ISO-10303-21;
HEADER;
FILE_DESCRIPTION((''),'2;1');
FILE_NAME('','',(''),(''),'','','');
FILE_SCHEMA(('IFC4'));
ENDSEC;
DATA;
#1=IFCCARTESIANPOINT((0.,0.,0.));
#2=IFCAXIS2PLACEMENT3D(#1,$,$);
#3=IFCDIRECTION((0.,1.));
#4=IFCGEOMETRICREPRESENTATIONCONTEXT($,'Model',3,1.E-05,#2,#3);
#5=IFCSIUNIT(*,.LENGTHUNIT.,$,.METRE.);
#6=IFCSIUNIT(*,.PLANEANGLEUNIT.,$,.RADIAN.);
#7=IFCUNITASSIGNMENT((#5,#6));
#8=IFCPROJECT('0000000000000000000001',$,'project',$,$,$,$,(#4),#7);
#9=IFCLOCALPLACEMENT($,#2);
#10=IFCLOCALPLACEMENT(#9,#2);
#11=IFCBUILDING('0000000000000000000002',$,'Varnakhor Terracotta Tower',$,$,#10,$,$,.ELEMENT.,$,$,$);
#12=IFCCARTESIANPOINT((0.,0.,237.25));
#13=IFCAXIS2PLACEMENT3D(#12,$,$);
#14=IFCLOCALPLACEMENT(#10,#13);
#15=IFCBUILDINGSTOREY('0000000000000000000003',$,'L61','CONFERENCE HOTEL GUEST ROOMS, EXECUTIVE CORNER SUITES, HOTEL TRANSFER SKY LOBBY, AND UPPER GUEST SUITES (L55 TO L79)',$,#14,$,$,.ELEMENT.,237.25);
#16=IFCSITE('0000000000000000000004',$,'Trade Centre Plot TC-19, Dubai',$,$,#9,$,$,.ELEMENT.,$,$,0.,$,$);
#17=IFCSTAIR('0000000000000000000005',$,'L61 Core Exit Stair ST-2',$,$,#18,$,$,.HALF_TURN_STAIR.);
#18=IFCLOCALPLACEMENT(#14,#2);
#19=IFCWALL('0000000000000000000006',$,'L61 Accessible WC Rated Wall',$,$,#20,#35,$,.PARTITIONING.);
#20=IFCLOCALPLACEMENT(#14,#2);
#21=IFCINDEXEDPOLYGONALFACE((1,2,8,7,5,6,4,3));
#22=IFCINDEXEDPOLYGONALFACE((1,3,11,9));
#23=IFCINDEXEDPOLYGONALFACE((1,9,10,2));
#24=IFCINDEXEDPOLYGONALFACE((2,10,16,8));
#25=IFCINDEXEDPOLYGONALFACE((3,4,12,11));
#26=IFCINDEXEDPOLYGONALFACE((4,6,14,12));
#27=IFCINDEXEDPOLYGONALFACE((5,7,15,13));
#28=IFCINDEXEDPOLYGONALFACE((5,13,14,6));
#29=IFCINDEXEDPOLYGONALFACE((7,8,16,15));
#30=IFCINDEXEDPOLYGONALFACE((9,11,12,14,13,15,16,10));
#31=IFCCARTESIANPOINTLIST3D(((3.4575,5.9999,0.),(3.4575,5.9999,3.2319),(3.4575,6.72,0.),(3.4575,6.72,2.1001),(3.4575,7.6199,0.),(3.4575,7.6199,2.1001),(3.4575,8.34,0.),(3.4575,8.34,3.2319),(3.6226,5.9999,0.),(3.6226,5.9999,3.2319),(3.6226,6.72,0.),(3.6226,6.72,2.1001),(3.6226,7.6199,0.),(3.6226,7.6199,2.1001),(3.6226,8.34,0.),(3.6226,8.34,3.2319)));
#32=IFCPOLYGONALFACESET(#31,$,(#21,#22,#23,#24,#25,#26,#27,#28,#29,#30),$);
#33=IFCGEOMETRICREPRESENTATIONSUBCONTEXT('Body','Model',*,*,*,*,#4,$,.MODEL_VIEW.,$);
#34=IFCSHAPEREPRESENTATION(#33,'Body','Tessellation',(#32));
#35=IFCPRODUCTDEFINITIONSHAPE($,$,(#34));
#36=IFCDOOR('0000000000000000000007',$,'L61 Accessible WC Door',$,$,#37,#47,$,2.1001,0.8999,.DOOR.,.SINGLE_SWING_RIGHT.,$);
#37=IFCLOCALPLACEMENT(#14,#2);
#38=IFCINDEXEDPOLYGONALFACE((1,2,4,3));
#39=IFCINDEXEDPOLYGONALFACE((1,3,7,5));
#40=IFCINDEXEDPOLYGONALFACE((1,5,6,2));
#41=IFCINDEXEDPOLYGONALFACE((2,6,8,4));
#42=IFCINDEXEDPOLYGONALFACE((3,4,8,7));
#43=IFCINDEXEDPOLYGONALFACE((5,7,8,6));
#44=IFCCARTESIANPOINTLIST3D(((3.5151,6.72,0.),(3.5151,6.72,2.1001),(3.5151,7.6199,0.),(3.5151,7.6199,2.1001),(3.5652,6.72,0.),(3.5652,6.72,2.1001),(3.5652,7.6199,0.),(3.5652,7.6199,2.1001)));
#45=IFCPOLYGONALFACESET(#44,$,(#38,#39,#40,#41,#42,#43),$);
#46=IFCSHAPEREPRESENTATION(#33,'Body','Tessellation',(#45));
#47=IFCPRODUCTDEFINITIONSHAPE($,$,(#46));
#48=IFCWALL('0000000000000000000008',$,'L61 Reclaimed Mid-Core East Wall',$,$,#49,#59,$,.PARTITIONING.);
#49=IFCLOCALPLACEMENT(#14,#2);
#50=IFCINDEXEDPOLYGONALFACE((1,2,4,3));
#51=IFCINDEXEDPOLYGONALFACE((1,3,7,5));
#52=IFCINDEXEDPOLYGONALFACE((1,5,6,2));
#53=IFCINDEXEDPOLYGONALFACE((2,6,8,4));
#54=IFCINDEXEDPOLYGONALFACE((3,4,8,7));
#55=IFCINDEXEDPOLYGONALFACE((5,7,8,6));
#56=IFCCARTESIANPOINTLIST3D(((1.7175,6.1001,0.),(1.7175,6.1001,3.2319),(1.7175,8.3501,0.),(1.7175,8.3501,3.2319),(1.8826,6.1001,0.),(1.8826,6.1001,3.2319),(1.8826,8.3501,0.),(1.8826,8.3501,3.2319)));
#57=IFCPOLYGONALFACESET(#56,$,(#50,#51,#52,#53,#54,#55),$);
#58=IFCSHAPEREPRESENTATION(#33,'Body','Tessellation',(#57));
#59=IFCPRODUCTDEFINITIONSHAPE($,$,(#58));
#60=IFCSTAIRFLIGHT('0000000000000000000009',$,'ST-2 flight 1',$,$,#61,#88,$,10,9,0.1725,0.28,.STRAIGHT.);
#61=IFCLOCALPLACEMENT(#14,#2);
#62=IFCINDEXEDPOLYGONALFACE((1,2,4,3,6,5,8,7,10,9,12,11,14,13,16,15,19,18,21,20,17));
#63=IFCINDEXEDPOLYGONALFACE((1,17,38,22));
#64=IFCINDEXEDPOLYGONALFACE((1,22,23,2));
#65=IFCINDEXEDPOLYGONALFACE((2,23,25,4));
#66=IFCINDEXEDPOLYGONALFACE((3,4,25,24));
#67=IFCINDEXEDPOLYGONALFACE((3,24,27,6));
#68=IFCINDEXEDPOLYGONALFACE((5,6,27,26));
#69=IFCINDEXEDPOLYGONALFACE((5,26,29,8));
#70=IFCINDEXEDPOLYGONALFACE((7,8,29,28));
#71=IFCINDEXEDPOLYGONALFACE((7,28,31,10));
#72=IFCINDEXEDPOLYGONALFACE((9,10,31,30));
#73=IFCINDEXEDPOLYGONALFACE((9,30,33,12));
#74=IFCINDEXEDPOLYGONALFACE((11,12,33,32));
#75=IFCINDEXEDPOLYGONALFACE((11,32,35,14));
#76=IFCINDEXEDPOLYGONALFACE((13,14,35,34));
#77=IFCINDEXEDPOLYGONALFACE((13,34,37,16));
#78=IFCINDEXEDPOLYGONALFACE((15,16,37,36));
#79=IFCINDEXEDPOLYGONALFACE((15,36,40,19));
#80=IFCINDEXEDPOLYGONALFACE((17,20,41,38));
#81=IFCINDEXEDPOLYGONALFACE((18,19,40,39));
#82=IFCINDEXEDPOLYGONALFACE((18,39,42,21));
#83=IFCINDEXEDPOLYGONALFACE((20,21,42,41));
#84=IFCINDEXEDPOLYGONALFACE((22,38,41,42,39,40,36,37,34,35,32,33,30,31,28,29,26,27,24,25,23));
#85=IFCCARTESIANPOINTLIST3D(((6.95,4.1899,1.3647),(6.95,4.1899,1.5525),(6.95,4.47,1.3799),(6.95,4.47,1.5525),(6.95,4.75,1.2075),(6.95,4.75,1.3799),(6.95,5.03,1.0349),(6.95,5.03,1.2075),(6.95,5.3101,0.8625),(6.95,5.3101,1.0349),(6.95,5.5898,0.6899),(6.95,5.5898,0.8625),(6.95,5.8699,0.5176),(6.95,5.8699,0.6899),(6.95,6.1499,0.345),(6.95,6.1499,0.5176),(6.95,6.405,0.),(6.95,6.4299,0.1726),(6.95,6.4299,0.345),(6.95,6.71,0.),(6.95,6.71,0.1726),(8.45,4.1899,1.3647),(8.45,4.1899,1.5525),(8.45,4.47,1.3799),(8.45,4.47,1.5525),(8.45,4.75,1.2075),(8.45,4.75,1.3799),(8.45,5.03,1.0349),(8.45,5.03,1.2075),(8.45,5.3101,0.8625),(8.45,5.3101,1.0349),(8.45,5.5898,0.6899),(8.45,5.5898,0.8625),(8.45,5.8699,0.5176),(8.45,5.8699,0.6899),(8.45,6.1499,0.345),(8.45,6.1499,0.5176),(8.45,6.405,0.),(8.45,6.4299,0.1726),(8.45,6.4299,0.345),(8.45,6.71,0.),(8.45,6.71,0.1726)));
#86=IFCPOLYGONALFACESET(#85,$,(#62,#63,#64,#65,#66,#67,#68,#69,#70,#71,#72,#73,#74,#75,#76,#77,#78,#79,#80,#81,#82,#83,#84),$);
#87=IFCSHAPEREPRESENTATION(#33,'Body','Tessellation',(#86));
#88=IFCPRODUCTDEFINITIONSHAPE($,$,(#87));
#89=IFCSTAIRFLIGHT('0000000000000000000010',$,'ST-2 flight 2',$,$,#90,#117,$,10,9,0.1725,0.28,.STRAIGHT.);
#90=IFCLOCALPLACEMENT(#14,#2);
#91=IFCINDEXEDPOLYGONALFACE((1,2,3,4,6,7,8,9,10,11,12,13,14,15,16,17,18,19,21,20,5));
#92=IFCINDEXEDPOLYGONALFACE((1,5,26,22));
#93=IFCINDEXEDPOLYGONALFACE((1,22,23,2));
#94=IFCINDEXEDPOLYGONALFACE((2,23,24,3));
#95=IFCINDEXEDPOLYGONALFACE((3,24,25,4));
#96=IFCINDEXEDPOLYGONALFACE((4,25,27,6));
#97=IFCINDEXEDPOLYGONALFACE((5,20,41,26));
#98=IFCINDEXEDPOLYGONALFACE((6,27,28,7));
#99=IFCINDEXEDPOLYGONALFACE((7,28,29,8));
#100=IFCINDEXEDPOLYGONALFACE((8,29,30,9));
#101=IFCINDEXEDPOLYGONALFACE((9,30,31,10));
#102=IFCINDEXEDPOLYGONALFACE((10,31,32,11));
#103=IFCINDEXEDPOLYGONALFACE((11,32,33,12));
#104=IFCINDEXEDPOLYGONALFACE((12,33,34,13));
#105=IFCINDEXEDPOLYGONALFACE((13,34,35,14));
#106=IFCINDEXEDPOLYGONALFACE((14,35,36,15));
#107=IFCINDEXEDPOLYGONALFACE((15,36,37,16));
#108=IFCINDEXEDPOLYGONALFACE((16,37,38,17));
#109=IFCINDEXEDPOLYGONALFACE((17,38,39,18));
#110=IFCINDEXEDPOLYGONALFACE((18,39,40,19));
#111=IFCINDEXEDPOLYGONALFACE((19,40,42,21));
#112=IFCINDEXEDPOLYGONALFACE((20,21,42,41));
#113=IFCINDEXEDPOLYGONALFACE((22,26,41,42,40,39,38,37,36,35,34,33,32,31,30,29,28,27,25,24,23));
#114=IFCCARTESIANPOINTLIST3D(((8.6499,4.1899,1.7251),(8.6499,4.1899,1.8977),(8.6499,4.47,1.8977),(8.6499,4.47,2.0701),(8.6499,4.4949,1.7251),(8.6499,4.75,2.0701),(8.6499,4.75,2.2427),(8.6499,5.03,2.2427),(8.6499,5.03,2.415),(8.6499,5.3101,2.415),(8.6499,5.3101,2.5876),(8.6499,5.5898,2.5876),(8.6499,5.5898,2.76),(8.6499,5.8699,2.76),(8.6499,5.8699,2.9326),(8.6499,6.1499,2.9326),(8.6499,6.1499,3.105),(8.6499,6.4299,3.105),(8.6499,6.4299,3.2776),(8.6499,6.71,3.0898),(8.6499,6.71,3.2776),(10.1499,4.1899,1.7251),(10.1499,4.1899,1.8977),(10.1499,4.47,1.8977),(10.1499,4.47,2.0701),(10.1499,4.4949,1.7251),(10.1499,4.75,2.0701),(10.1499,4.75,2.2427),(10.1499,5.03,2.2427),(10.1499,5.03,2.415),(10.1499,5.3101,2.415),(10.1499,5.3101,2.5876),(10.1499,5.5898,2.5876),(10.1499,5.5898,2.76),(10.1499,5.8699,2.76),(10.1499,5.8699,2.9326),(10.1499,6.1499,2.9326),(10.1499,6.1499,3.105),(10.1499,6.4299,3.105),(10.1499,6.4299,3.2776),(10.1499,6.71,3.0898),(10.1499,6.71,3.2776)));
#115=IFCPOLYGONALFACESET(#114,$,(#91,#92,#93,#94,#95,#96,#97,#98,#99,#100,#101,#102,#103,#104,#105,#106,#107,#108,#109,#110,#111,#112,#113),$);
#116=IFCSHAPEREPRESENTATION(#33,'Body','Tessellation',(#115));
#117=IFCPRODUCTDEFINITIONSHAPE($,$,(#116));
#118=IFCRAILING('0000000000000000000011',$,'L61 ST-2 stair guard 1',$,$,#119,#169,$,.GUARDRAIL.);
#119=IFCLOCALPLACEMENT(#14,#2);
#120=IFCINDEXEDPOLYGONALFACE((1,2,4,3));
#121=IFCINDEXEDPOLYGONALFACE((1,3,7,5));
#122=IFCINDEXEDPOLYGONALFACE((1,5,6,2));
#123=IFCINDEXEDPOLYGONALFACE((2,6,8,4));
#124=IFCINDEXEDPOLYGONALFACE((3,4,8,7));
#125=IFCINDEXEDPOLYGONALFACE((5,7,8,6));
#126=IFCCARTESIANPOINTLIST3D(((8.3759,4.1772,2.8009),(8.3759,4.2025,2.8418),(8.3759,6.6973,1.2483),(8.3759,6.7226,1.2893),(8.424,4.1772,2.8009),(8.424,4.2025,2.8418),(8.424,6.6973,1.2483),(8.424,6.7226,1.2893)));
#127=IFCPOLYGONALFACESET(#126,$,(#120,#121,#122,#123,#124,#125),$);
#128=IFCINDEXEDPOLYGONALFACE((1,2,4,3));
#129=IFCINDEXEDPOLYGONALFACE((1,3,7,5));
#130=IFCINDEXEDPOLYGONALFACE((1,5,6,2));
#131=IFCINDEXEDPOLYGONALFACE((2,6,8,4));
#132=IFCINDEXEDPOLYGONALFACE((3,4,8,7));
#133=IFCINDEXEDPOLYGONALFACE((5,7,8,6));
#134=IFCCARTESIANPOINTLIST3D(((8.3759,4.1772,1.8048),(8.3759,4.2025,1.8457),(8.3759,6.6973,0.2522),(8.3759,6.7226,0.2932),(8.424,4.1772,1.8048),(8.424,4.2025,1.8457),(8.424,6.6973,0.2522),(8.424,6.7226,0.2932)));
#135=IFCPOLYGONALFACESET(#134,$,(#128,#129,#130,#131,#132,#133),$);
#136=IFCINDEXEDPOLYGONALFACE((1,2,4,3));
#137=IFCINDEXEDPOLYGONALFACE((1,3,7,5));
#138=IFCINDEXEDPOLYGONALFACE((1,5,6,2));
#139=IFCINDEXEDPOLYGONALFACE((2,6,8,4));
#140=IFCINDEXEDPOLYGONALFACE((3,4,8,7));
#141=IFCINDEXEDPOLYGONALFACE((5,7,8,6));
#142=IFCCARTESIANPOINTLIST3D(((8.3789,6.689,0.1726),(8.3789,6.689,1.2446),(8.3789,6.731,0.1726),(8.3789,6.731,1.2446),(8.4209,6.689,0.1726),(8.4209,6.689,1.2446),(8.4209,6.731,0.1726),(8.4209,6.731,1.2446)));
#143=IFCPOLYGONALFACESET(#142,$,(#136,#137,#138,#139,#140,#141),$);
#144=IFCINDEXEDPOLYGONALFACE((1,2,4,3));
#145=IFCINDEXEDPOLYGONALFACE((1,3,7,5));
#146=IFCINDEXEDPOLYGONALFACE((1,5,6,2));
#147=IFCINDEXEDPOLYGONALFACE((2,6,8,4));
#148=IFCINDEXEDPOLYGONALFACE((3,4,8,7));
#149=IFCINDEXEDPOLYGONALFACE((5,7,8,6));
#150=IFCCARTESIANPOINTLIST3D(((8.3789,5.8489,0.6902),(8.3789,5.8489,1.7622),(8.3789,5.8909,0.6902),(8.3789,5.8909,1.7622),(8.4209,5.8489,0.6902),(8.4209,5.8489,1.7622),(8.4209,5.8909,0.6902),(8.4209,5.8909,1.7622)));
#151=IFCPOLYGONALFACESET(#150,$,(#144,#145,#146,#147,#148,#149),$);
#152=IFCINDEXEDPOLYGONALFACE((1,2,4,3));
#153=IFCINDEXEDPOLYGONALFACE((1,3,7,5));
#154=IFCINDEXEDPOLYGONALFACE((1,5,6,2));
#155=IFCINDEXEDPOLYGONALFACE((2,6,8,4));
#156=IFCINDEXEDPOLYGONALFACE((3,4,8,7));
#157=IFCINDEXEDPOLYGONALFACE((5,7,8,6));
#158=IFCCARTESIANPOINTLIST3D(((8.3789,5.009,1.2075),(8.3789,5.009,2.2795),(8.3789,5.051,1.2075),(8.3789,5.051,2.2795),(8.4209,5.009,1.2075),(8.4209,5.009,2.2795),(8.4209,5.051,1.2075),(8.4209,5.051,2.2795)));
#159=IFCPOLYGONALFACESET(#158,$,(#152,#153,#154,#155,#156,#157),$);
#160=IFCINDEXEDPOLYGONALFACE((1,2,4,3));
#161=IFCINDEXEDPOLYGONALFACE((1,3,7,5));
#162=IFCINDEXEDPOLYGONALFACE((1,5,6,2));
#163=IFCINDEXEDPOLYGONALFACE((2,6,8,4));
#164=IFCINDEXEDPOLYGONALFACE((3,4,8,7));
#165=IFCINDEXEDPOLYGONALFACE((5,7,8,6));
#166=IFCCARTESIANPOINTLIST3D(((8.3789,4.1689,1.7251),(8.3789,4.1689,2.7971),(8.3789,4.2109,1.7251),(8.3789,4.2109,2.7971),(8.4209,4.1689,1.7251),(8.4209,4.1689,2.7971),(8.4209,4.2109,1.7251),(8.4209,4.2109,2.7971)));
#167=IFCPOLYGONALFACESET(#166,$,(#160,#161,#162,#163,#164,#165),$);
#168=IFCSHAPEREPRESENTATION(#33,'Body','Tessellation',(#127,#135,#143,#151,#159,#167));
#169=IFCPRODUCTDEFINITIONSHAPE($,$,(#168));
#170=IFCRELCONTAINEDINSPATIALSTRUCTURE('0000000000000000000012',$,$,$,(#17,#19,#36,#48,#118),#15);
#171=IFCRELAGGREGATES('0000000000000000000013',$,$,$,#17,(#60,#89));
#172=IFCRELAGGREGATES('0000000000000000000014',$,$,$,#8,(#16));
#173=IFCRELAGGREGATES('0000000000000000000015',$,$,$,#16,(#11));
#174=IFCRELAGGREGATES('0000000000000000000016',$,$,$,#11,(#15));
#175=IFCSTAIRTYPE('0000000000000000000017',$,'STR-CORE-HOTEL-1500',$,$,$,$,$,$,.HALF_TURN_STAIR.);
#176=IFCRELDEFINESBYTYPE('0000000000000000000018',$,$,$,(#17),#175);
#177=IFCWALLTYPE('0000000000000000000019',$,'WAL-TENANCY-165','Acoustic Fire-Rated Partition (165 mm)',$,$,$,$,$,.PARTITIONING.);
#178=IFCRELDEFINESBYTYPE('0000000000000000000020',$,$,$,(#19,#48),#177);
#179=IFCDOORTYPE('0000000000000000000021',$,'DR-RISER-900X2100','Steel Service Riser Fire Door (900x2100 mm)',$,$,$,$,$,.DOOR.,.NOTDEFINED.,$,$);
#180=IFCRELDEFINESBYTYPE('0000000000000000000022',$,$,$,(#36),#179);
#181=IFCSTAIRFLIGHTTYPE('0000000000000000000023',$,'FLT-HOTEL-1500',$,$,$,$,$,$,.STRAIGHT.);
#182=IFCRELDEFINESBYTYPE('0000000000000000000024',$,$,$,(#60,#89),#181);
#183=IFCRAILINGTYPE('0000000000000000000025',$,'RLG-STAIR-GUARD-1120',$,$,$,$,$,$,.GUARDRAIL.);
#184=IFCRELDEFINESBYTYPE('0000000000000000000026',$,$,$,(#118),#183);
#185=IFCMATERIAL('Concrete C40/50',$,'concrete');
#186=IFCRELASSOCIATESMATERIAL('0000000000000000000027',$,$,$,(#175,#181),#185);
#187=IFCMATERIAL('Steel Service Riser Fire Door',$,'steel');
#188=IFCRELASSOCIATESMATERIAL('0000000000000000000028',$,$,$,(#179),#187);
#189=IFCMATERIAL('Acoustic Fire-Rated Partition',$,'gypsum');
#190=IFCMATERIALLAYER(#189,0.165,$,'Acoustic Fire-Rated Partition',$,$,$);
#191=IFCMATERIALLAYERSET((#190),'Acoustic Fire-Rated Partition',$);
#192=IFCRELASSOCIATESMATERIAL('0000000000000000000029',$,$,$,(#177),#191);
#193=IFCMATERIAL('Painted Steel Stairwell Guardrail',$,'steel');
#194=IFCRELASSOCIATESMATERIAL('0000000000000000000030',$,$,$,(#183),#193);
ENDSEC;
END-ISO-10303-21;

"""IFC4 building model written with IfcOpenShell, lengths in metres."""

from ifc_helpers import new_model, si_unit, direction, frame, frame_2d, origin, origin_2d, place, context, subcontext, project, spatial, polyline, rectangle, outline, extrude, source, transform, mapped, material, layer, layer_set, type_object, type_shapes, element, fill, aggregate, save


model = new_model("IFC4")

# Units and contexts
model_context = context("Model", 3, precision=1e-05, world=origin(), true_north=direction((0.0, 1.0)))
body_context = subcontext(model_context, "Body", "Model", "MODEL_VIEW")
ifc_project = project(units=[si_unit("LENGTHUNIT", "METRE"), si_unit("PLANEANGLEUNIT", "RADIAN")], contexts=[model_context])

# Site, building, storey
site_placement = place(None, origin())
site = spatial("IfcSite", under=ifc_project, at=site_placement, Name="Trade Centre Plot TC-19, Dubai", CompositionType="ELEMENT", RefElevation=0.0)
building_placement = place(site_placement, origin())
building = spatial("IfcBuilding", under=site, at=building_placement, Name="Varnakhor Terracotta Tower", CompositionType="ELEMENT")
storey_placement = place(building_placement, frame((0.0, 0.0, 237.25)))
storey = spatial("IfcBuildingStorey", under=building, at=storey_placement, Name="L61", Description="CONFERENCE HOTEL GUEST ROOMS, EXECUTIVE CORNER SUITES, HOTEL TRANSFER SKY LOBBY, AND UPPER GUEST SUITES (L55 TO L79)", CompositionType="ELEMENT", Elevation=237.25)

# Shared definitions
ifc_material_1 = material(Name="Concrete C40/50", Category="concrete")

# Stair
stair_type = type_object("IfcStairType", Name="STR-CORE-HOTEL-1500", PredefinedType="HALF_TURN_STAIR", material=ifc_material_1)
stair_1_placement = place(storey_placement, origin())
stair_1 = element("IfcStair", 1, at=stair_1_placement, inside=storey, type_object=stair_type, Name="L61 Core Exit Stair ST-2", PredefinedType="HALF_TURN_STAIR")

# Shared definitions
ifc_material_2 = material(Name="Acoustic Fire-Rated Partition", Category="gypsum")

# Wall, opening, door
ifc_material_3 = material(Name="Steel Service Riser Fire Door", Category="steel")
door_type_1 = type_object("IfcDoorType", Name="DR-RISER-900X2100", Description="Steel Service Riser Fire Door (900x2100 mm)", OperationType="NOTDEFINED", PredefinedType="DOOR", material=ifc_material_3)
shared_shape_1 = source(origin(), body_context, "Body", "SweptSolid", [
    extrude(rectangle(XDim=0.8999, YDim=2.1001, at=frame_2d((0.45, 1.05))), frame((0.0, 0.0249, 0.0), z_axis=(0.0, -1.0, 0.0), x_axis=(1.0, 0.0, 0.0)), (0.0, 0.0, 1.0), 0.05),
])
type_shapes(door_type_1, [shared_shape_1])
ifc_layer_1 = layer(ifc_material_2, 0.165, Name="Acoustic Fire-Rated Partition")
ifc_layer_set_1 = layer_set([ifc_layer_1], Name="Acoustic Fire-Rated Partition")
wall_type_1 = type_object("IfcWallType", Name="WAL-TENANCY-165", Description="Acoustic Fire-Rated Partition (165 mm)", PredefinedType="PARTITIONING", material=ifc_layer_set_1)
wall_1_placement = place(storey_placement, frame((3.54, 6.0, 0.0), z_axis=(0.0, 0.0, 1.0), x_axis=(0.0, 1.0, 0.0)))
wall_1 = element("IfcWall", 2, at=wall_1_placement, inside=storey, type_object=wall_type_1, Name="L61 Accessible WC Rated Wall", PredefinedType="PARTITIONING", context=body_context, shape_type="SweptSolid", body=[
    extrude(rectangle(XDim=2.3401, YDim=0.165, at=frame_2d((1.1699, 0.0))), origin(), (0.0, 0.0, 1.0), 3.2319),
])
opening_1_placement = place(wall_1_placement, frame((0.72, 0.0, 0.0)))
opening_1 = element("IfcOpeningElement", 3, at=opening_1_placement, cuts=wall_1, PredefinedType="OPENING", context=body_context, shape_type="SweptSolid", body=[
    extrude(rectangle(XDim=0.8999, YDim=2.1001, at=frame_2d((0.45, 1.05))), frame((0.0, 0.0925, 0.0), z_axis=(0.0, -1.0, 0.0), x_axis=(1.0, 0.0, 0.0)), (0.0, 0.0, 1.0), 0.1851),
])
door_1_placement = place(opening_1_placement, origin())
door_1 = element("IfcDoor", 4, at=door_1_placement, inside=storey, type_object=door_type_1, Name="L61 Accessible WC Door", OperationType="SINGLE_SWING_RIGHT", OverallHeight=2.1001, OverallWidth=0.8999, PredefinedType="DOOR", context=body_context, shape_type="MappedRepresentation", body=[
    mapped(shared_shape_1, transform((0.0, 0.0, 0.0), scale=1.0)),
])
fill(opening_1, door_1)

# Wall
wall_2_placement = place(storey_placement, frame((1.8, 6.1001, 0.0), z_axis=(0.0, 0.0, 1.0), x_axis=(0.0, 1.0, 0.0)))
element("IfcWall", 5, at=wall_2_placement, inside=storey, type_object=wall_type_1, Name="L61 Reclaimed Mid-Core East Wall", PredefinedType="PARTITIONING", context=body_context, shape_type="SweptSolid", body=[
    extrude(rectangle(XDim=2.25, YDim=0.165, at=frame_2d((1.125, 0.0))), origin(), (0.0, 0.0, 1.0), 3.2319),
])

# Stair flights
stair_flight_type = type_object("IfcStairFlightType", Name="FLT-HOTEL-1500", PredefinedType="STRAIGHT", material=ifc_material_1)
stair_flight_1_placement = place(storey_placement, frame((7.7, 6.71, 0.0), z_axis=(0.0, 0.0, 1.0), x_axis=(0.0, -1.0, 0.0)))
stair_flight_1 = element("IfcStairFlight", 6, at=stair_flight_1_placement, type_object=stair_flight_type, Name="ST-2 flight 1", NumberOfRisers=10, NumberOfTreads=9, PredefinedType="STRAIGHT", RiserHeight=0.1725, TreadLength=0.28, context=body_context, shape_type="SweptSolid", body=[
    extrude(outline(polyline([(0.0, 0.0), (0.0, 0.1726), (0.28, 0.1726), (0.28, 0.345), (0.5601, 0.345), (0.5601, 0.5176), (0.8401, 0.5176), (0.8401, 0.6899), (1.1201, 0.6899), (1.1201, 0.8625), (1.3999, 0.8625), (1.3999, 1.0349), (1.6799, 1.0349), (1.6799, 1.2075), (1.96, 1.2075), (1.96, 1.3799), (2.24, 1.3799), (2.24, 1.5525), (2.52, 1.5525), (2.52, 1.7251), (2.52, 1.3647), (0.3049, 0.0), (0.0, 0.0)])), frame((0.0, 0.75, 0.0), z_axis=(0.0, -1.0, 0.0), x_axis=(1.0, 0.0, 0.0)), (0.0, 0.0, 1.0), 1.5),
])
stair_flight_2_placement = place(storey_placement, frame((9.3999, 4.1899, 1.7251), z_axis=(0.0, 0.0, 1.0), x_axis=(0.0, 1.0, 0.0)))
stair_flight_2 = element("IfcStairFlight", 7, at=stair_flight_2_placement, type_object=stair_flight_type, Name="ST-2 flight 2", NumberOfRisers=10, NumberOfTreads=9, PredefinedType="STRAIGHT", RiserHeight=0.1725, TreadLength=0.28, context=body_context, shape_type="SweptSolid", body=[
    extrude(outline(polyline([(0.0, 0.0), (0.0, 0.1726), (0.28, 0.1726), (0.28, 0.345), (0.5601, 0.345), (0.5601, 0.5176), (0.8401, 0.5176), (0.8401, 0.6899), (1.1201, 0.6899), (1.1201, 0.8625), (1.3999, 0.8625), (1.3999, 1.0349), (1.6799, 1.0349), (1.6799, 1.2075), (1.96, 1.2075), (1.96, 1.3799), (2.24, 1.3799), (2.24, 1.5525), (2.52, 1.5525), (2.52, 1.7251), (2.52, 1.3647), (0.3049, 0.0), (0.0, 0.0)])), frame((0.0, 0.75, 0.0), z_axis=(0.0, -1.0, 0.0), x_axis=(1.0, 0.0, 0.0)), (0.0, 0.0, 1.0), 1.5),
])
aggregate(stair_1, [stair_flight_1, stair_flight_2])

# Railing
ifc_material_4 = material(Name="Painted Steel Stairwell Guardrail", Category="steel")
railing_type_1 = type_object("IfcRailingType", Name="RLG-STAIR-GUARD-1120", PredefinedType="GUARDRAIL", material=ifc_material_4)
railing_1_placement = place(storey_placement, frame((8.3999, 6.71, 0.1726)))
element("IfcRailing", 8, at=railing_1_placement, inside=storey, type_object=railing_type_1, Name="L61 ST-2 stair guard 1", PredefinedType="GUARDRAIL", context=body_context, shape_type="SweptSolid", body=[
    extrude(rectangle(XDim=0.0481, YDim=0.0481, at=origin_2d()), frame((0.0, 0.0, 1.0962), z_axis=(0.0, -0.8514, 0.524516), x_axis=(1.0, 0.0, 0.0)), (0.0, 0.0, 1.0), 2.96),
    extrude(rectangle(XDim=0.0481, YDim=0.0481, at=origin_2d()), frame((0.0, 0.0, 0.1001), z_axis=(0.0, -0.8514, 0.524516), x_axis=(1.0, 0.0, 0.0)), (0.0, 0.0, 1.0), 2.96),
    extrude(rectangle(XDim=0.042, YDim=0.042, at=origin_2d()), origin(), (0.0, 0.0, 1.0), 1.072),
    extrude(rectangle(XDim=0.042, YDim=0.042, at=origin_2d()), frame((0.0, -0.8401, 0.5176)), (0.0, 0.0, 1.0), 1.072),
    extrude(rectangle(XDim=0.042, YDim=0.042, at=origin_2d()), frame((0.0, -1.6799, 1.0349)), (0.0, 0.0, 1.0), 1.072),
    extrude(rectangle(XDim=0.042, YDim=0.042, at=origin_2d()), frame((0.0, -2.52, 1.5525)), (0.0, 0.0, 1.0), 1.072),
])

save(model, "model.ifc")
